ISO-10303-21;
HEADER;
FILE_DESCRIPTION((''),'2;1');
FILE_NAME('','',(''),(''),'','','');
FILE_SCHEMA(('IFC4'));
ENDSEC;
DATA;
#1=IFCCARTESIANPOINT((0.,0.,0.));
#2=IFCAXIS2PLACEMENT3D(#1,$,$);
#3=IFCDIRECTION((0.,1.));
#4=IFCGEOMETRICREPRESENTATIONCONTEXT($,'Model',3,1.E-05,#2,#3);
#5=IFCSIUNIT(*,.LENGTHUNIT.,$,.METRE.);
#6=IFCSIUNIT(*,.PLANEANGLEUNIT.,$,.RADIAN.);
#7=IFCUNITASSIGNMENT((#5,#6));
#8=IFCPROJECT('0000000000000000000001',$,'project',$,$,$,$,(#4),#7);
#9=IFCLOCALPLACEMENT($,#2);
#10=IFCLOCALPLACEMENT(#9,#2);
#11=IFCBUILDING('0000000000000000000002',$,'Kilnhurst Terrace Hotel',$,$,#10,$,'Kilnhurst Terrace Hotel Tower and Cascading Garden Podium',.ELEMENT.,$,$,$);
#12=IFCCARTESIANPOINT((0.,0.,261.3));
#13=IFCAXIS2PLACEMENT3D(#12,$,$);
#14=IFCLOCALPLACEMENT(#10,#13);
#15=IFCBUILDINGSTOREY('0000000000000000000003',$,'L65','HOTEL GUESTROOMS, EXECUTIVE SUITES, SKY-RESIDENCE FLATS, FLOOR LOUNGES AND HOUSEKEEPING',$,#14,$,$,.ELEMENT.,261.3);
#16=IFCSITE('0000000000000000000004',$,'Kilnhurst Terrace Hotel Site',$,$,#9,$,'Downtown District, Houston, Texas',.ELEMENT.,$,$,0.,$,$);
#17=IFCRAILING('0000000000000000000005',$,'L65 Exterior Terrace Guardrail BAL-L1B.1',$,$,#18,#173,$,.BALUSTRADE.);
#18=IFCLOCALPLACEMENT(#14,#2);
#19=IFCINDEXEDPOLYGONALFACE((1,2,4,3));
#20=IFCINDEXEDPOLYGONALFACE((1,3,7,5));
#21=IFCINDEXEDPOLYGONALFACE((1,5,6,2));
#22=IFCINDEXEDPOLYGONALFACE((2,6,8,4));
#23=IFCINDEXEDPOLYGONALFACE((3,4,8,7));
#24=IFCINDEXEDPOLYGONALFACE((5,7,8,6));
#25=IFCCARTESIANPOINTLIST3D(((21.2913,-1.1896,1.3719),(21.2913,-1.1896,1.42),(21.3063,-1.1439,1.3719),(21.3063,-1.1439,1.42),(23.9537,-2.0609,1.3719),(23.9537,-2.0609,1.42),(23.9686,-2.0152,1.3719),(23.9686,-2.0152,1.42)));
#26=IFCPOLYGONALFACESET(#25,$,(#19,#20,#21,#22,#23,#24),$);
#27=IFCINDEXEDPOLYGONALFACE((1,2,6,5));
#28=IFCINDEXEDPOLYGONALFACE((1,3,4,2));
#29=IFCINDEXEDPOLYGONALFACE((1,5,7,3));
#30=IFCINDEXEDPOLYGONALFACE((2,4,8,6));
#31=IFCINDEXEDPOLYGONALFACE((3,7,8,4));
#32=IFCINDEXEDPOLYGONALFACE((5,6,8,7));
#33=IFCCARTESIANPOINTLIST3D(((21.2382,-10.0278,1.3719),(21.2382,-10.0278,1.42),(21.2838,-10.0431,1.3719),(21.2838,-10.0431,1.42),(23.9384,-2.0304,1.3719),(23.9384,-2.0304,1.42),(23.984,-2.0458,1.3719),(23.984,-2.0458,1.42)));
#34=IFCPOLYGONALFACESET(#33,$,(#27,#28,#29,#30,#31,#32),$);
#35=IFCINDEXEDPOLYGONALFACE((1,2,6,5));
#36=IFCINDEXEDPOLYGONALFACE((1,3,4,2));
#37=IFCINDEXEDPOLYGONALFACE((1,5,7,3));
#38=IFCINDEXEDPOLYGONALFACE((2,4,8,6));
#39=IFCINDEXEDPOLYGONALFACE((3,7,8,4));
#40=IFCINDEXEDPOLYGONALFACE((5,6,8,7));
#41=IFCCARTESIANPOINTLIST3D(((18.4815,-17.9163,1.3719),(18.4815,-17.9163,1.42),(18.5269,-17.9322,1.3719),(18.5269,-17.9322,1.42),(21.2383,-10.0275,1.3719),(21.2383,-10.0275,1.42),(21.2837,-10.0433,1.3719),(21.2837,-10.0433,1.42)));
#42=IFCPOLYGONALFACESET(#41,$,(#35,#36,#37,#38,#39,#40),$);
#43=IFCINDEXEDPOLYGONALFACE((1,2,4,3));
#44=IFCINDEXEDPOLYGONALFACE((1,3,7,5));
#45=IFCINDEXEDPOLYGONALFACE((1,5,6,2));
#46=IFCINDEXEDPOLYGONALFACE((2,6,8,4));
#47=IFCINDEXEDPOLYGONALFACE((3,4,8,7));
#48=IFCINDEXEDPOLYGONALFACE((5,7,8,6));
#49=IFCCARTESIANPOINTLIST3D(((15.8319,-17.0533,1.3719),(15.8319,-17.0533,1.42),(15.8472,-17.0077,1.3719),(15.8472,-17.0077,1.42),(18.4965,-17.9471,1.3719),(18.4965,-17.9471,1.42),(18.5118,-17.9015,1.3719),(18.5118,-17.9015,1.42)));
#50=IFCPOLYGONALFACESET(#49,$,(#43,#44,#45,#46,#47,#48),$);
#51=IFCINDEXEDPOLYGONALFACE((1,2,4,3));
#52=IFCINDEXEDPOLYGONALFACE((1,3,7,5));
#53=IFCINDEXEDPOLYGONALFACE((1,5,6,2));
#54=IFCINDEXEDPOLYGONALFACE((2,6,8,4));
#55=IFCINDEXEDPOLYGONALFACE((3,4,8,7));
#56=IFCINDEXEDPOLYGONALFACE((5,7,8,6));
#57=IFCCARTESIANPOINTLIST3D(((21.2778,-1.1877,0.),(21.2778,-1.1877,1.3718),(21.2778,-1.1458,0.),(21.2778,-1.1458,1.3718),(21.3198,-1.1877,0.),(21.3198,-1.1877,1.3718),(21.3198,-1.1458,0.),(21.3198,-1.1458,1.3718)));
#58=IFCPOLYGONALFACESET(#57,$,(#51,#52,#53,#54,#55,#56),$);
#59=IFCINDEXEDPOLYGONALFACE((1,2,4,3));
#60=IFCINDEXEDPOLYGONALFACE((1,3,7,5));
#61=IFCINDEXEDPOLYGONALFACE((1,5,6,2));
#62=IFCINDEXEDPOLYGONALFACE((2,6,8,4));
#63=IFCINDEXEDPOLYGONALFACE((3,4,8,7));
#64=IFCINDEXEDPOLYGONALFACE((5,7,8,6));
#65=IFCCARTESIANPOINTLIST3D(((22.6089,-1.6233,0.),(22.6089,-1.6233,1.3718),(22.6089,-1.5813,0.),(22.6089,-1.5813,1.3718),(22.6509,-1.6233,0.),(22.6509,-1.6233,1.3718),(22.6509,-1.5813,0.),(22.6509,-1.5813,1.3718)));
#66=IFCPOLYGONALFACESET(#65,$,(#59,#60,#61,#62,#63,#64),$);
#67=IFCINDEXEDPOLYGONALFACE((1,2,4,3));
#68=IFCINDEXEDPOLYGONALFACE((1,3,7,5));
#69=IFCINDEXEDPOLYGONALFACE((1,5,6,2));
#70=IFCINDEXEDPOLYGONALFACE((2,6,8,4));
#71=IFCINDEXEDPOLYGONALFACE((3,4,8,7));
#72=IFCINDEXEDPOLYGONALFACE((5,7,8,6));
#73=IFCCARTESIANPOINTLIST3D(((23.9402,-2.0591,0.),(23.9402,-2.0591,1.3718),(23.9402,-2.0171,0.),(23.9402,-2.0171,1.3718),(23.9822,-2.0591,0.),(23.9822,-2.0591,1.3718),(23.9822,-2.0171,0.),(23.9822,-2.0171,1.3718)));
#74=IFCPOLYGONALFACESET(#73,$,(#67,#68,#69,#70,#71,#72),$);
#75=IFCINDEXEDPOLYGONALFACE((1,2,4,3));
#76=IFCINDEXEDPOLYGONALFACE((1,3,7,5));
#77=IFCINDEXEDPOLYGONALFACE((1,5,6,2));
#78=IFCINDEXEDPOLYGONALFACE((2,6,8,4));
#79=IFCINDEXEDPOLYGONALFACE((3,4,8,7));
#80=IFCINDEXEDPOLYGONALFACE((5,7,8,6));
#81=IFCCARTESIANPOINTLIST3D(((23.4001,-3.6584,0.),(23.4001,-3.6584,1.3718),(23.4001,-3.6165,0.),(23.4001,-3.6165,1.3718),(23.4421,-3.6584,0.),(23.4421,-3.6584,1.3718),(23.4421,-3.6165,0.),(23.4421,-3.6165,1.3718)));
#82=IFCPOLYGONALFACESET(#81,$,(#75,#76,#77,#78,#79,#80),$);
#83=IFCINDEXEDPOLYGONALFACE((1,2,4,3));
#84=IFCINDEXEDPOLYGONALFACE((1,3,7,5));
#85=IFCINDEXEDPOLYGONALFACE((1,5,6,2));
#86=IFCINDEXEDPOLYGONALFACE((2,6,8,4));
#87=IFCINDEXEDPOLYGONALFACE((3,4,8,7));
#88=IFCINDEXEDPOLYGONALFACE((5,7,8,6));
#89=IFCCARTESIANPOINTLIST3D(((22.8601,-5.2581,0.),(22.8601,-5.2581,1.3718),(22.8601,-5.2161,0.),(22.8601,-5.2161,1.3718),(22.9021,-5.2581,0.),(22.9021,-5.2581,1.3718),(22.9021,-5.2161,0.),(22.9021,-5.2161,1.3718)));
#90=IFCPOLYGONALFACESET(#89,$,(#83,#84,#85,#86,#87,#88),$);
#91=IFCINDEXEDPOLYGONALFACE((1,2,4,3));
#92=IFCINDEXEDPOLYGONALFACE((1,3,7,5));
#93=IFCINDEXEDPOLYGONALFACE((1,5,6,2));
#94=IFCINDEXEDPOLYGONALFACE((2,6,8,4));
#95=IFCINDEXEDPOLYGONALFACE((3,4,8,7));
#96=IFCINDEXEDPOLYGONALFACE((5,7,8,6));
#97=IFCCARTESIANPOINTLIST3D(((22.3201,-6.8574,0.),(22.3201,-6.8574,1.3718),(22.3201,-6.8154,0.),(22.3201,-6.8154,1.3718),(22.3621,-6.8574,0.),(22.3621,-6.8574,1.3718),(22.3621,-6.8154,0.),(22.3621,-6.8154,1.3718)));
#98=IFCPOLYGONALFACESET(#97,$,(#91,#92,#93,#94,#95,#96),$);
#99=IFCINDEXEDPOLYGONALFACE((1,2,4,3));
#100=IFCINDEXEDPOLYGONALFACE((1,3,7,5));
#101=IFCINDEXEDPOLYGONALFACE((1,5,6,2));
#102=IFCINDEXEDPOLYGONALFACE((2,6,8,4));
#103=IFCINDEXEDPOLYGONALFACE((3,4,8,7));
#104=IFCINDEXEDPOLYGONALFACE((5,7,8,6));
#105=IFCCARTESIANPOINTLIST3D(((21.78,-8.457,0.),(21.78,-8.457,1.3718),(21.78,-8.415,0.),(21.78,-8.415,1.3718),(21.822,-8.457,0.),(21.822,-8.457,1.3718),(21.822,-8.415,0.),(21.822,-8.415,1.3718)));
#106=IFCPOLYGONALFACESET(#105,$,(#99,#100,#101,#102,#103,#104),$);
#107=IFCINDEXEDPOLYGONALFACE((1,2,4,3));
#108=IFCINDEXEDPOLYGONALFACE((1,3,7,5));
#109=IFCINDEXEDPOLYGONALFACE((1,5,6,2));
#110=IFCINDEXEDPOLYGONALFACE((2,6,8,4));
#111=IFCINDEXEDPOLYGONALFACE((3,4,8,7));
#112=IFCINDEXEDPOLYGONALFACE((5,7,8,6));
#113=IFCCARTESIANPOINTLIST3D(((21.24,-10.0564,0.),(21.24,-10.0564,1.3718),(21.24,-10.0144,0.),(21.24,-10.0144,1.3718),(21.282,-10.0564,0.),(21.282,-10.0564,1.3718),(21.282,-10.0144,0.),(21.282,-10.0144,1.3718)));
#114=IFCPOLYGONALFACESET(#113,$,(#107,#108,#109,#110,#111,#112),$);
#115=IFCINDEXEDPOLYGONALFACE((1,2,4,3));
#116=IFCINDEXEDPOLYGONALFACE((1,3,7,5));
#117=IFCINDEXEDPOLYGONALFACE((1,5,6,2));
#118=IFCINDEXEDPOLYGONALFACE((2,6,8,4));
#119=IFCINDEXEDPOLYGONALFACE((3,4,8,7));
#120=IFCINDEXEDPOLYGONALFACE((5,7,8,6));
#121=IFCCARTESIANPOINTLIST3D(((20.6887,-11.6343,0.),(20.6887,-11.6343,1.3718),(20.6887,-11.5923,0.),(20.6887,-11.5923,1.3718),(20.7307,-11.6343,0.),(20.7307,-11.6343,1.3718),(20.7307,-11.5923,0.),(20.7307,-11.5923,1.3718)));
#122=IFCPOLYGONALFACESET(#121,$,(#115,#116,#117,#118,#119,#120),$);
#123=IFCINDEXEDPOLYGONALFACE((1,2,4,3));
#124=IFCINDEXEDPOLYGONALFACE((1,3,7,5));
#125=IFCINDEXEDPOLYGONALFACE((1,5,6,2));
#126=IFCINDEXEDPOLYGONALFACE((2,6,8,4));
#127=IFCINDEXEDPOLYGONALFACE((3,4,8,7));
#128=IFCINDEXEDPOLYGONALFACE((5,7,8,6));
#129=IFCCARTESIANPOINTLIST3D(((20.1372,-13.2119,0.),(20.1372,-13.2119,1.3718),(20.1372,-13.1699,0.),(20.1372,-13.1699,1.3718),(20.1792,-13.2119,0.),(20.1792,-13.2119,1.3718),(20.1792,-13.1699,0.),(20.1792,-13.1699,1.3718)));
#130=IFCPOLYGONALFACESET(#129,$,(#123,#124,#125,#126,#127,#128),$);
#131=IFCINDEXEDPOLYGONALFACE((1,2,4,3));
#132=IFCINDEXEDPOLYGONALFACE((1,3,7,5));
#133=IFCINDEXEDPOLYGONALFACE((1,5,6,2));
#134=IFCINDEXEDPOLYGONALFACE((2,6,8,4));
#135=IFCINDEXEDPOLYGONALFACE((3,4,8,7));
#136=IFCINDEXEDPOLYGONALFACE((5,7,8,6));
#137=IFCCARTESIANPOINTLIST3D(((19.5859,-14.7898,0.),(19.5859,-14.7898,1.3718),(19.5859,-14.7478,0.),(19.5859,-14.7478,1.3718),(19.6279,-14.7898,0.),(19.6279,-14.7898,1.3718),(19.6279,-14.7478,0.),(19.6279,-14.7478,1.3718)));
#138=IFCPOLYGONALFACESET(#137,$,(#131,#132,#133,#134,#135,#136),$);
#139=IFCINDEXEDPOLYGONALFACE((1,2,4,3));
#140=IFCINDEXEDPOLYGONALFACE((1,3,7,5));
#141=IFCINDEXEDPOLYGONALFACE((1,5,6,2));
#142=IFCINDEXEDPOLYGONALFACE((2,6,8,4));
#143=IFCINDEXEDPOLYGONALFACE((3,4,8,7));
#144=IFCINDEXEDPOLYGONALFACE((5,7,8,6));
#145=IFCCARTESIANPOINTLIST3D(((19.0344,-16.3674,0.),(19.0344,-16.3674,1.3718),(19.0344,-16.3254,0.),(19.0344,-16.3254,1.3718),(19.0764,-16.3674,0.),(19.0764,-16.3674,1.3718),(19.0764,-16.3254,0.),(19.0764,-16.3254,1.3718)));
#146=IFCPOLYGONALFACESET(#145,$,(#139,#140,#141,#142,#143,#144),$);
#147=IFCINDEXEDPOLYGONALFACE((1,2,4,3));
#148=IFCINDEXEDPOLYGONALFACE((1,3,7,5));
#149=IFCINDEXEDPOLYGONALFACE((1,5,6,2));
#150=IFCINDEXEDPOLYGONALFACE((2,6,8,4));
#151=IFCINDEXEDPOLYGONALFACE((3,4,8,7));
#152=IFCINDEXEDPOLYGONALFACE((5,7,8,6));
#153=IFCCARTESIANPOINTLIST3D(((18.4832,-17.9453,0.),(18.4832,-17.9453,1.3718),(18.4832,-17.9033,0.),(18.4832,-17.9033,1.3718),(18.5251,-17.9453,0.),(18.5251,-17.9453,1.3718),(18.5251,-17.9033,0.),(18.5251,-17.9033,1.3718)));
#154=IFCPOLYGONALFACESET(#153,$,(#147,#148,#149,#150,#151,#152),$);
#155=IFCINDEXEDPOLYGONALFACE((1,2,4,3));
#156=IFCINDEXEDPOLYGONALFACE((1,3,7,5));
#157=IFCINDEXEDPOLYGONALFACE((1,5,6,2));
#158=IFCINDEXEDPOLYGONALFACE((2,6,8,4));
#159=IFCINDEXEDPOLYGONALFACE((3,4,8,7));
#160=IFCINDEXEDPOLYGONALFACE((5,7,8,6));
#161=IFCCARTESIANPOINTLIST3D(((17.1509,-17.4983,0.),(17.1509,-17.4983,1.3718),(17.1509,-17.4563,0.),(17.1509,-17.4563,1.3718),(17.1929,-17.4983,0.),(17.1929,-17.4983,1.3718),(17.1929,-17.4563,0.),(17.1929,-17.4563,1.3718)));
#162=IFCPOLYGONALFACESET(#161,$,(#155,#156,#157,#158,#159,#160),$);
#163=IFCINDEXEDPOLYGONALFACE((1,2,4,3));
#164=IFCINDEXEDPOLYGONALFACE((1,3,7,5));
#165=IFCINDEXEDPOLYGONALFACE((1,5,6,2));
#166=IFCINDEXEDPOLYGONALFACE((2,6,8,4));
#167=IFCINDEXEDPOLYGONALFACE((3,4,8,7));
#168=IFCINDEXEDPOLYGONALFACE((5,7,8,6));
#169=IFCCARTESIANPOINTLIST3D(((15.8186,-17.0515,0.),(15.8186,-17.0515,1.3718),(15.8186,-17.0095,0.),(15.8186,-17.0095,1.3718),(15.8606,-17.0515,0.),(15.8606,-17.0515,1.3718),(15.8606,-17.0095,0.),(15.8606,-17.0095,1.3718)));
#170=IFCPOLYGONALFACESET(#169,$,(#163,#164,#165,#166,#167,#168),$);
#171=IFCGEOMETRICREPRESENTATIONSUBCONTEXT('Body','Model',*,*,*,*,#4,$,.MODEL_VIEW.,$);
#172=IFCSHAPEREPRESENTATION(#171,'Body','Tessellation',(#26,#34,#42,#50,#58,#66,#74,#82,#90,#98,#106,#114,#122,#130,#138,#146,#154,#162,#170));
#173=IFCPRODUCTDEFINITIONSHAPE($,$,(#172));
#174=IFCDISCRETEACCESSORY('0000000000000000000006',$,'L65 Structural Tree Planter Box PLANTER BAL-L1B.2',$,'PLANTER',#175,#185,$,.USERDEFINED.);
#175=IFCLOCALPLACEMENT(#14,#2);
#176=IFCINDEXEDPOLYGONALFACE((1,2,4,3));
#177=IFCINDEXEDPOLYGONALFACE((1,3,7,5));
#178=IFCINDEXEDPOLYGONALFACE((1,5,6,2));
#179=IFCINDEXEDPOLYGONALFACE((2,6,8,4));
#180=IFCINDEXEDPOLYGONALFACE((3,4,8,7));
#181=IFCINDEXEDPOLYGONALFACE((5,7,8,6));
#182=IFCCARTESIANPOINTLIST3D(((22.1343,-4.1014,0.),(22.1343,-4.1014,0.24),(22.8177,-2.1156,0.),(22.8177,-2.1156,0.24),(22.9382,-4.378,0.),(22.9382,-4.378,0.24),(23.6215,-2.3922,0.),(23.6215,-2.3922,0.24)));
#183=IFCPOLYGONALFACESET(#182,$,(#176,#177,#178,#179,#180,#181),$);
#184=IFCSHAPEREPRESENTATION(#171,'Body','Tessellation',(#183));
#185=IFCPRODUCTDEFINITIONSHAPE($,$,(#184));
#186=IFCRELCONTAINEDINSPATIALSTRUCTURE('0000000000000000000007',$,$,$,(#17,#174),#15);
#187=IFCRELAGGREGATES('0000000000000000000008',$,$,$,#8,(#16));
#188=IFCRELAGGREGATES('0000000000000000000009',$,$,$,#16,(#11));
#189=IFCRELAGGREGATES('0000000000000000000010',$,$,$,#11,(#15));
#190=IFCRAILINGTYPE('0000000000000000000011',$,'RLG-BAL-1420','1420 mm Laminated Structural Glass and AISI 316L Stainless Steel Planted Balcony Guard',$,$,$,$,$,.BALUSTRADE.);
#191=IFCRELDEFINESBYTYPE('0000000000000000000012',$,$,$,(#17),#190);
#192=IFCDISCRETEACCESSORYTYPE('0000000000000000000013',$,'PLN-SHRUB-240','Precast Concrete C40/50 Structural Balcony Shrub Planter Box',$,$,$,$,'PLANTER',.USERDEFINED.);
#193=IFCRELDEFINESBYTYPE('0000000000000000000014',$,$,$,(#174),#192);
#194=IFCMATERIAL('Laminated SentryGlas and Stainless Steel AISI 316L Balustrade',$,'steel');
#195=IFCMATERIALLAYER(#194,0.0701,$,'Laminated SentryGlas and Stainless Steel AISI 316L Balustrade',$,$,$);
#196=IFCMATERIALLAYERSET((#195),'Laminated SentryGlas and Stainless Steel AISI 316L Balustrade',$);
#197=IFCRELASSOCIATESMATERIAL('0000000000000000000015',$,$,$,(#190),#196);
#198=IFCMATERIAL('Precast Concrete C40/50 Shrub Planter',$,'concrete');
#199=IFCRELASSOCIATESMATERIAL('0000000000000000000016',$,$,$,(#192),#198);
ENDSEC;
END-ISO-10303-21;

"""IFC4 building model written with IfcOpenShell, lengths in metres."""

from ifc_helpers import new_model, si_unit, direction, frame, origin, origin_2d, place, context, subcontext, project, spatial, rectangle, extrude, material, layer, layer_set, type_object, element, save


model = new_model("IFC4")

# Units and contexts
model_context = context("Model", 3, precision=1e-05, world=origin(), true_north=direction((0.0, 1.0)))
body_context = subcontext(model_context, "Body", "Model", "MODEL_VIEW")
ifc_project = project(units=[si_unit("LENGTHUNIT", "METRE"), si_unit("PLANEANGLEUNIT", "RADIAN")], contexts=[model_context])

# Site, building, storey
site_placement = place(None, origin())
site = spatial("IfcSite", under=ifc_project, at=site_placement, Name="Kilnhurst Terrace Hotel Site", LongName="Downtown District, Houston, Texas", CompositionType="ELEMENT", RefElevation=0.0)
building_placement = place(site_placement, origin())
building = spatial("IfcBuilding", under=site, at=building_placement, Name="Kilnhurst Terrace Hotel", LongName="Kilnhurst Terrace Hotel Tower and Cascading Garden Podium", CompositionType="ELEMENT")
storey_placement = place(building_placement, frame((0.0, 0.0, 261.3)))
storey = spatial("IfcBuildingStorey", under=building, at=storey_placement, Name="L65", Description="HOTEL GUESTROOMS, EXECUTIVE SUITES, SKY-RESIDENCE FLATS, FLOOR LOUNGES AND HOUSEKEEPING", CompositionType="ELEMENT", Elevation=261.3)

# Railing
ifc_material_1 = material(Name="Laminated SentryGlas and Stainless Steel AISI 316L Balustrade", Category="steel")
ifc_layer_1 = layer(ifc_material_1, 0.0701, Name="Laminated SentryGlas and Stainless Steel AISI 316L Balustrade")
ifc_layer_set_1 = layer_set([ifc_layer_1], Name="Laminated SentryGlas and Stainless Steel AISI 316L Balustrade")
railing_type = type_object("IfcRailingType", Name="RLG-BAL-1420", Description="1420 mm Laminated Structural Glass and AISI 316L Stainless Steel Planted Balcony Guard", PredefinedType="BALUSTRADE", material=ifc_layer_set_1)
railing_placement = place(storey_placement, frame((21.2988, -1.1667, 0.0)))
element("IfcRailing", 1, at=railing_placement, inside=storey, type_object=railing_type, Name="L65 Exterior Terrace Guardrail BAL-L1B.1", PredefinedType="BALUSTRADE", context=body_context, shape_type="SweptSolid", body=[
    extrude(rectangle(XDim=0.0481, YDim=0.0481, at=origin_2d()), frame((0.0, 0.0, 1.396), z_axis=(0.950395, -0.311046, 0.0), x_axis=(0.311046, 0.950395, 0.0)), (0.0, 0.0, 1.0), 2.8013),
    extrude(rectangle(XDim=0.0481, YDim=0.0481, at=origin_2d()), frame((2.6624, -0.8713, 1.396), z_axis=(-0.319896, -0.947453, 0.0), x_axis=(0.947453, -0.319896, 0.0)), (0.0, 0.0, 1.0), 8.4409),
    extrude(rectangle(XDim=0.0481, YDim=0.0481, at=origin_2d()), frame((-0.0378, -8.8687, 1.396), z_axis=(-0.329894, -0.944018, 0.0), x_axis=(0.944018, -0.329894, 0.0)), (0.0, 0.0, 1.0), 8.3567),
    extrude(rectangle(XDim=0.0481, YDim=0.0481, at=origin_2d()), frame((-2.7947, -16.7576, 1.396), z_axis=(-0.948082, 0.318025, 0.0), x_axis=(-0.318025, -0.948082, 0.0)), (0.0, 0.0, 1.0), 2.8105),
    extrude(rectangle(XDim=0.042, YDim=0.042, at=origin_2d()), origin(), (0.0, 0.0, 1.0), 1.3718),
    extrude(rectangle(XDim=0.042, YDim=0.042, at=origin_2d()), frame((1.3311, -0.4355, 0.0)), (0.0, 0.0, 1.0), 1.3718),
    extrude(rectangle(XDim=0.042, YDim=0.042, at=origin_2d()), frame((2.6624, -0.8713, 0.0)), (0.0, 0.0, 1.0), 1.3718),
    extrude(rectangle(XDim=0.042, YDim=0.042, at=origin_2d()), frame((2.1223, -2.4707, 0.0)), (0.0, 0.0, 1.0), 1.3718),
    extrude(rectangle(XDim=0.042, YDim=0.042, at=origin_2d()), frame((1.5823, -4.0703, 0.0)), (0.0, 0.0, 1.0), 1.3718),
    extrude(rectangle(XDim=0.042, YDim=0.042, at=origin_2d()), frame((1.0422, -5.6697, 0.0)), (0.0, 0.0, 1.0), 1.3718),
    extrude(rectangle(XDim=0.042, YDim=0.042, at=origin_2d()), frame((0.5022, -7.2693, 0.0)), (0.0, 0.0, 1.0), 1.3718),
    extrude(rectangle(XDim=0.042, YDim=0.042, at=origin_2d()), frame((-0.0378, -8.8687, 0.0)), (0.0, 0.0, 1.0), 1.3718),
    extrude(rectangle(XDim=0.042, YDim=0.042, at=origin_2d()), frame((-0.5891, -10.4465, 0.0)), (0.0, 0.0, 1.0), 1.3718),
    extrude(rectangle(XDim=0.042, YDim=0.042, at=origin_2d()), frame((-1.1406, -12.0242, 0.0)), (0.0, 0.0, 1.0), 1.3718),
    extrude(rectangle(XDim=0.042, YDim=0.042, at=origin_2d()), frame((-1.6919, -13.6021, 0.0)), (0.0, 0.0, 1.0), 1.3718),
    extrude(rectangle(XDim=0.042, YDim=0.042, at=origin_2d()), frame((-2.2434, -15.1797, 0.0)), (0.0, 0.0, 1.0), 1.3718),
    extrude(rectangle(XDim=0.042, YDim=0.042, at=origin_2d()), frame((-2.7947, -16.7576, 0.0)), (0.0, 0.0, 1.0), 1.3718),
    extrude(rectangle(XDim=0.042, YDim=0.042, at=origin_2d()), frame((-4.127, -16.3105, 0.0)), (0.0, 0.0, 1.0), 1.3718),
    extrude(rectangle(XDim=0.042, YDim=0.042, at=origin_2d()), frame((-5.4592, -15.8638, 0.0)), (0.0, 0.0, 1.0), 1.3718),
])

# Discrete accessory
ifc_material_2 = material(Name="Precast Concrete C40/50 Shrub Planter", Category="concrete")
discrete_accessory_type = type_object("IfcDiscreteAccessoryType", Name="PLN-SHRUB-240", Description="Precast Concrete C40/50 Structural Balcony Shrub Planter Box", ElementType="PLANTER", PredefinedType="USERDEFINED", material=ifc_material_2)
discrete_accessory_placement = place(storey_placement, frame((22.8779, -3.2468, 0.0), z_axis=(0.0, 0.0, 1.0), x_axis=(0.325403, 0.945575, 0.0)))
element("IfcDiscreteAccessory", 2, at=discrete_accessory_placement, inside=storey, type_object=discrete_accessory_type, Name="L65 Structural Tree Planter Box PLANTER BAL-L1B.2", ObjectType="PLANTER", PredefinedType="USERDEFINED", context=body_context, shape_type="SweptSolid", body=[
    extrude(rectangle(XDim=2.1001, YDim=0.8501, at=origin_2d()), origin(), (0.0, 0.0, 1.0), 0.24),
])

save(model, "model.ifc")
